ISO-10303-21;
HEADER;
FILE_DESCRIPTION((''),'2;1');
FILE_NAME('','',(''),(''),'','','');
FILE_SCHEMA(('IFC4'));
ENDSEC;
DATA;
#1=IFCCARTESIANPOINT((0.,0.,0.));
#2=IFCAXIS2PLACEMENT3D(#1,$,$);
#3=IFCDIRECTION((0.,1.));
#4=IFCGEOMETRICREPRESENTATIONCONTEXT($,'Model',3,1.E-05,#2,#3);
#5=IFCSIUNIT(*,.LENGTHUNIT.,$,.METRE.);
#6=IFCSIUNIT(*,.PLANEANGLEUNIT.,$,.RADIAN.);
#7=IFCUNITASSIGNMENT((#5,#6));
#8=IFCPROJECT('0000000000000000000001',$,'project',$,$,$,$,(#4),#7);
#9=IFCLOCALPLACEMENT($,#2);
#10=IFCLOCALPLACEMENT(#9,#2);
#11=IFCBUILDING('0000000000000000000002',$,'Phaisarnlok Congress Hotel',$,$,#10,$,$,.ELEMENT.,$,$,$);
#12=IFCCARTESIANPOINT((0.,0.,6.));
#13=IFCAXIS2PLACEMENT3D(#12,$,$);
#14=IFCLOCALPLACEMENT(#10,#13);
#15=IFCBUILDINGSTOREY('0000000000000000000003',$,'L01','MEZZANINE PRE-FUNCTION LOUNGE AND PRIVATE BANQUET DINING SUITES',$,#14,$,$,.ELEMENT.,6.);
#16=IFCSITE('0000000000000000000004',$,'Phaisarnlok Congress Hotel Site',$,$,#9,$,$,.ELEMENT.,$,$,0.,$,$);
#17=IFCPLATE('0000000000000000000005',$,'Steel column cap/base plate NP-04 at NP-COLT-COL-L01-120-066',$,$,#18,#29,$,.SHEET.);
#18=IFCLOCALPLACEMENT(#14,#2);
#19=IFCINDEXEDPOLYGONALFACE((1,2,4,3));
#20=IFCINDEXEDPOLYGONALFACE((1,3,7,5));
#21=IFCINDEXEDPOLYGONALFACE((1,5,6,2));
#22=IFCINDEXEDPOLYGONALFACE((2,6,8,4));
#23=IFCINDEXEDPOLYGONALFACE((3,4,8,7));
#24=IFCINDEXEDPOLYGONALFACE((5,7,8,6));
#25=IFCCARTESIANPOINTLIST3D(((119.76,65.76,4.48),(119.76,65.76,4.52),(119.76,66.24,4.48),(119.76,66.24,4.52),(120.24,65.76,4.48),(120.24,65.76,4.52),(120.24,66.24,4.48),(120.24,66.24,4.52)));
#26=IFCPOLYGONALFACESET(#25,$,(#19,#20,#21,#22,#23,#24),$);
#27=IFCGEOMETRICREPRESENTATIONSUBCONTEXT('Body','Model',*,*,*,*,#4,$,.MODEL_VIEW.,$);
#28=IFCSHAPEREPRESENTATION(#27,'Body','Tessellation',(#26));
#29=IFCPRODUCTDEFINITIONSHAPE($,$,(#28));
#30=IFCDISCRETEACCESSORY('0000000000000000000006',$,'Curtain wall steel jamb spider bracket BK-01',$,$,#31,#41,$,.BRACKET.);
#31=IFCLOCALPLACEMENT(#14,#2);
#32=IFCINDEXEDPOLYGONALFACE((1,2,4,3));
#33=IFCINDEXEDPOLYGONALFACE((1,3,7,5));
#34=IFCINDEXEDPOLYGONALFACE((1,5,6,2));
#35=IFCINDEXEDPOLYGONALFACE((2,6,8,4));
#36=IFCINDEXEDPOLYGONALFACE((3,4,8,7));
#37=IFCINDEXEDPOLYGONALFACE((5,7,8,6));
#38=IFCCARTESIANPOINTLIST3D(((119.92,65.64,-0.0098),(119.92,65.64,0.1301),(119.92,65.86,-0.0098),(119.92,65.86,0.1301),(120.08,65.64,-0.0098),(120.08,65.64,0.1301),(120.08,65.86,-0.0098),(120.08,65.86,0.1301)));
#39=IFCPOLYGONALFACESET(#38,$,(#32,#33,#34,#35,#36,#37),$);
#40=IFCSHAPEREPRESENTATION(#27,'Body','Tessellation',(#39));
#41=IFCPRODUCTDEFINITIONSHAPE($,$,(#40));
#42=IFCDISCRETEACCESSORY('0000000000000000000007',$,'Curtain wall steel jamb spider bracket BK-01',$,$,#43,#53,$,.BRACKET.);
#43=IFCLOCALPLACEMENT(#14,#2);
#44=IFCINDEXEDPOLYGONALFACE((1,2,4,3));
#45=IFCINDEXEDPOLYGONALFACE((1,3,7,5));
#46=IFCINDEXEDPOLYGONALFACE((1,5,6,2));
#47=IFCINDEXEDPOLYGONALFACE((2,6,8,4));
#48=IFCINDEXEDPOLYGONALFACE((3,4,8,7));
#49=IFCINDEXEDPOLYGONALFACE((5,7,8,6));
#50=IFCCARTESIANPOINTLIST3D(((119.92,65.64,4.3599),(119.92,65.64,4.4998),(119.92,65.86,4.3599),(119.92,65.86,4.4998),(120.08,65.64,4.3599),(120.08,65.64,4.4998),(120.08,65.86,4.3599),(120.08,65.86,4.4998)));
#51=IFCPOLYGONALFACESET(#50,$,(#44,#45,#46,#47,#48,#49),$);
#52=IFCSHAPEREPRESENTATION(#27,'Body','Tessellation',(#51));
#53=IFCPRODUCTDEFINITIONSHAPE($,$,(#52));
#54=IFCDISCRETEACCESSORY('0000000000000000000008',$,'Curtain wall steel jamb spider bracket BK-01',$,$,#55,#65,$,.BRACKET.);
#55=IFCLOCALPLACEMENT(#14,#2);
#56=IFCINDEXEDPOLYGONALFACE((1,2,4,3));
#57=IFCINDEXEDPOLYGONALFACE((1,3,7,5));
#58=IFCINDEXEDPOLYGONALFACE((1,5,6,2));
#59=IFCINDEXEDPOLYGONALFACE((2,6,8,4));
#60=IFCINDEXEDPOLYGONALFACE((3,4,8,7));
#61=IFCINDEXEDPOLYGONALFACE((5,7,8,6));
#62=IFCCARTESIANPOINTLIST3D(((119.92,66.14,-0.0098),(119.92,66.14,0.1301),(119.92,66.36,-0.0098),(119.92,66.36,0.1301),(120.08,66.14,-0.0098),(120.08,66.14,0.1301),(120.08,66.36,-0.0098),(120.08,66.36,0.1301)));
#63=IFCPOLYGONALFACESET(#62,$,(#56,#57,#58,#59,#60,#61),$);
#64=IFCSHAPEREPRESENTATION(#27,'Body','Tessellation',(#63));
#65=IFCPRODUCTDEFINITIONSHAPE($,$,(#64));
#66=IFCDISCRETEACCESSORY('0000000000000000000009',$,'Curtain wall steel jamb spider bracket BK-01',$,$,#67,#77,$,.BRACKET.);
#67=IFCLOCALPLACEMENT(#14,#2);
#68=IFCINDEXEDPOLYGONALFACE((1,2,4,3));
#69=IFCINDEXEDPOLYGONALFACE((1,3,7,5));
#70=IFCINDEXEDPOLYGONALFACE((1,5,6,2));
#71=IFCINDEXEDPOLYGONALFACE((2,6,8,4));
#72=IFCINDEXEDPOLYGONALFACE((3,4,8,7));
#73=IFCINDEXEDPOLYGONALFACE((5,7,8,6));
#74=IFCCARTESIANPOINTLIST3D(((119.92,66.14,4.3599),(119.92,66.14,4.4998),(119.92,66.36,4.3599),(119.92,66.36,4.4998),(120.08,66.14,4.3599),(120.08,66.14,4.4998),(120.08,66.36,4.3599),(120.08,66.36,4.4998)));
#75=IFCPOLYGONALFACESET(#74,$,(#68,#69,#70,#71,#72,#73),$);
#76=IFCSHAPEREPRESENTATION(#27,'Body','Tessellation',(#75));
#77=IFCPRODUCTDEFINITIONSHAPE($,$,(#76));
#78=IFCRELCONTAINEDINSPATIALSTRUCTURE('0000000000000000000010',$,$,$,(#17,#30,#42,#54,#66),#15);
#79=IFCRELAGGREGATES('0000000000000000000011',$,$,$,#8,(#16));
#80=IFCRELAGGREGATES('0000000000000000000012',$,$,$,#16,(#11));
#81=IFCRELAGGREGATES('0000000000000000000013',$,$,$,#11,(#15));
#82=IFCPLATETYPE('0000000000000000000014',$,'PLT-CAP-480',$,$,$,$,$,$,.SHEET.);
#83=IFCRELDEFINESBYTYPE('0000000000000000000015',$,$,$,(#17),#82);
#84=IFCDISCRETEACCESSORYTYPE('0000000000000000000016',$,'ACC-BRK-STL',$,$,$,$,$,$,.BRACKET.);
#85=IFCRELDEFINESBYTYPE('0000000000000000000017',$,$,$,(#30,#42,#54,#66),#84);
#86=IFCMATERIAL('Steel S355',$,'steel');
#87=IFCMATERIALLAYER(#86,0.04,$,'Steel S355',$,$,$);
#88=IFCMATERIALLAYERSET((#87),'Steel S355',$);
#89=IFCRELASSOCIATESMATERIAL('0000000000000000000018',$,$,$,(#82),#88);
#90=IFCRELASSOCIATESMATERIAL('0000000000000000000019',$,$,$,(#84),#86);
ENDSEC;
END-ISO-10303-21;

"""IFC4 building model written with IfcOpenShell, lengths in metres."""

from ifc_helpers import new_model, si_unit, direction, frame, origin, origin_2d, place, context, subcontext, project, spatial, rectangle, extrude, material, layer, layer_set, type_object, element, save


model = new_model("IFC4")

# Units and contexts
model_context = context("Model", 3, precision=1e-05, world=origin(), true_north=direction((0.0, 1.0)))
body_context = subcontext(model_context, "Body", "Model", "MODEL_VIEW")
ifc_project = project(units=[si_unit("LENGTHUNIT", "METRE"), si_unit("PLANEANGLEUNIT", "RADIAN")], contexts=[model_context])

# Site, building, storey
site_placement = place(None, origin())
site = spatial("IfcSite", under=ifc_project, at=site_placement, Name="Phaisarnlok Congress Hotel Site", CompositionType="ELEMENT", RefElevation=0.0)
building_placement = place(site_placement, origin())
building = spatial("IfcBuilding", under=site, at=building_placement, Name="Phaisarnlok Congress Hotel", CompositionType="ELEMENT")
storey_placement = place(building_placement, frame((0.0, 0.0, 6.0)))
storey = spatial("IfcBuildingStorey", under=building, at=storey_placement, Name="L01", Description="MEZZANINE PRE-FUNCTION LOUNGE AND PRIVATE BANQUET DINING SUITES", CompositionType="ELEMENT", Elevation=6.0)

# Shared definitions
ifc_material_1 = material(Name="Steel S355", Category="steel")

# Plate
ifc_layer_1 = layer(ifc_material_1, 0.04, Name="Steel S355")
ifc_layer_set_1 = layer_set([ifc_layer_1], Name="Steel S355")
plate_type_1 = type_object("IfcPlateType", Name="PLT-CAP-480", PredefinedType="SHEET", material=ifc_layer_set_1)
plate_1_placement = place(storey_placement, frame((120.0, 66.0, 4.48), z_axis=(0.0, 0.0, 1.0), x_axis=(1.0, 0.0, 0.0)))
element("IfcPlate", 1, at=plate_1_placement, inside=storey, type_object=plate_type_1, Name="Steel column cap/base plate NP-04 at NP-COLT-COL-L01-120-066", PredefinedType="SHEET", context=body_context, shape_type="SweptSolid", body=[
    extrude(rectangle(XDim=0.48, YDim=0.48, at=origin_2d()), origin(), (0.0, 0.0, 1.0), 0.04),
])

# Discrete accessories
discrete_accessory_type = type_object("IfcDiscreteAccessoryType", Name="ACC-BRK-STL", PredefinedType="BRACKET", material=ifc_material_1)
for number, where, z_axis, x_axis, name in (
    (2, (120.0, 65.75, -0.0098), (0.0, 0.0, 1.0), (1.0, 0.0, 0.0), "Curtain wall steel jamb spider bracket BK-01"),
    (3, (120.0, 65.75, 4.3599), (0.0, 0.0, 1.0), (1.0, 0.0, 0.0), "Curtain wall steel jamb spider bracket BK-01"),
    (4, (120.0, 66.25, -0.0098), (0.0, 0.0, 1.0), (1.0, 0.0, 0.0), "Curtain wall steel jamb spider bracket BK-01"),
    (5, (120.0, 66.25, 4.3599), (0.0, 0.0, 1.0), (1.0, 0.0, 0.0), "Curtain wall steel jamb spider bracket BK-01"),
):
    element("IfcDiscreteAccessory", number, at=place(storey_placement, frame(where, z_axis=z_axis, x_axis=x_axis)), inside=storey, type_object=discrete_accessory_type, Name=name, PredefinedType="BRACKET", context=body_context, shape_type="SweptSolid", body=[
        extrude(rectangle(XDim=0.1599, YDim=0.22, at=origin_2d()), origin(), (0.0, 0.0, 1.0), 0.1399),
    ])

save(model, "model.ifc")
